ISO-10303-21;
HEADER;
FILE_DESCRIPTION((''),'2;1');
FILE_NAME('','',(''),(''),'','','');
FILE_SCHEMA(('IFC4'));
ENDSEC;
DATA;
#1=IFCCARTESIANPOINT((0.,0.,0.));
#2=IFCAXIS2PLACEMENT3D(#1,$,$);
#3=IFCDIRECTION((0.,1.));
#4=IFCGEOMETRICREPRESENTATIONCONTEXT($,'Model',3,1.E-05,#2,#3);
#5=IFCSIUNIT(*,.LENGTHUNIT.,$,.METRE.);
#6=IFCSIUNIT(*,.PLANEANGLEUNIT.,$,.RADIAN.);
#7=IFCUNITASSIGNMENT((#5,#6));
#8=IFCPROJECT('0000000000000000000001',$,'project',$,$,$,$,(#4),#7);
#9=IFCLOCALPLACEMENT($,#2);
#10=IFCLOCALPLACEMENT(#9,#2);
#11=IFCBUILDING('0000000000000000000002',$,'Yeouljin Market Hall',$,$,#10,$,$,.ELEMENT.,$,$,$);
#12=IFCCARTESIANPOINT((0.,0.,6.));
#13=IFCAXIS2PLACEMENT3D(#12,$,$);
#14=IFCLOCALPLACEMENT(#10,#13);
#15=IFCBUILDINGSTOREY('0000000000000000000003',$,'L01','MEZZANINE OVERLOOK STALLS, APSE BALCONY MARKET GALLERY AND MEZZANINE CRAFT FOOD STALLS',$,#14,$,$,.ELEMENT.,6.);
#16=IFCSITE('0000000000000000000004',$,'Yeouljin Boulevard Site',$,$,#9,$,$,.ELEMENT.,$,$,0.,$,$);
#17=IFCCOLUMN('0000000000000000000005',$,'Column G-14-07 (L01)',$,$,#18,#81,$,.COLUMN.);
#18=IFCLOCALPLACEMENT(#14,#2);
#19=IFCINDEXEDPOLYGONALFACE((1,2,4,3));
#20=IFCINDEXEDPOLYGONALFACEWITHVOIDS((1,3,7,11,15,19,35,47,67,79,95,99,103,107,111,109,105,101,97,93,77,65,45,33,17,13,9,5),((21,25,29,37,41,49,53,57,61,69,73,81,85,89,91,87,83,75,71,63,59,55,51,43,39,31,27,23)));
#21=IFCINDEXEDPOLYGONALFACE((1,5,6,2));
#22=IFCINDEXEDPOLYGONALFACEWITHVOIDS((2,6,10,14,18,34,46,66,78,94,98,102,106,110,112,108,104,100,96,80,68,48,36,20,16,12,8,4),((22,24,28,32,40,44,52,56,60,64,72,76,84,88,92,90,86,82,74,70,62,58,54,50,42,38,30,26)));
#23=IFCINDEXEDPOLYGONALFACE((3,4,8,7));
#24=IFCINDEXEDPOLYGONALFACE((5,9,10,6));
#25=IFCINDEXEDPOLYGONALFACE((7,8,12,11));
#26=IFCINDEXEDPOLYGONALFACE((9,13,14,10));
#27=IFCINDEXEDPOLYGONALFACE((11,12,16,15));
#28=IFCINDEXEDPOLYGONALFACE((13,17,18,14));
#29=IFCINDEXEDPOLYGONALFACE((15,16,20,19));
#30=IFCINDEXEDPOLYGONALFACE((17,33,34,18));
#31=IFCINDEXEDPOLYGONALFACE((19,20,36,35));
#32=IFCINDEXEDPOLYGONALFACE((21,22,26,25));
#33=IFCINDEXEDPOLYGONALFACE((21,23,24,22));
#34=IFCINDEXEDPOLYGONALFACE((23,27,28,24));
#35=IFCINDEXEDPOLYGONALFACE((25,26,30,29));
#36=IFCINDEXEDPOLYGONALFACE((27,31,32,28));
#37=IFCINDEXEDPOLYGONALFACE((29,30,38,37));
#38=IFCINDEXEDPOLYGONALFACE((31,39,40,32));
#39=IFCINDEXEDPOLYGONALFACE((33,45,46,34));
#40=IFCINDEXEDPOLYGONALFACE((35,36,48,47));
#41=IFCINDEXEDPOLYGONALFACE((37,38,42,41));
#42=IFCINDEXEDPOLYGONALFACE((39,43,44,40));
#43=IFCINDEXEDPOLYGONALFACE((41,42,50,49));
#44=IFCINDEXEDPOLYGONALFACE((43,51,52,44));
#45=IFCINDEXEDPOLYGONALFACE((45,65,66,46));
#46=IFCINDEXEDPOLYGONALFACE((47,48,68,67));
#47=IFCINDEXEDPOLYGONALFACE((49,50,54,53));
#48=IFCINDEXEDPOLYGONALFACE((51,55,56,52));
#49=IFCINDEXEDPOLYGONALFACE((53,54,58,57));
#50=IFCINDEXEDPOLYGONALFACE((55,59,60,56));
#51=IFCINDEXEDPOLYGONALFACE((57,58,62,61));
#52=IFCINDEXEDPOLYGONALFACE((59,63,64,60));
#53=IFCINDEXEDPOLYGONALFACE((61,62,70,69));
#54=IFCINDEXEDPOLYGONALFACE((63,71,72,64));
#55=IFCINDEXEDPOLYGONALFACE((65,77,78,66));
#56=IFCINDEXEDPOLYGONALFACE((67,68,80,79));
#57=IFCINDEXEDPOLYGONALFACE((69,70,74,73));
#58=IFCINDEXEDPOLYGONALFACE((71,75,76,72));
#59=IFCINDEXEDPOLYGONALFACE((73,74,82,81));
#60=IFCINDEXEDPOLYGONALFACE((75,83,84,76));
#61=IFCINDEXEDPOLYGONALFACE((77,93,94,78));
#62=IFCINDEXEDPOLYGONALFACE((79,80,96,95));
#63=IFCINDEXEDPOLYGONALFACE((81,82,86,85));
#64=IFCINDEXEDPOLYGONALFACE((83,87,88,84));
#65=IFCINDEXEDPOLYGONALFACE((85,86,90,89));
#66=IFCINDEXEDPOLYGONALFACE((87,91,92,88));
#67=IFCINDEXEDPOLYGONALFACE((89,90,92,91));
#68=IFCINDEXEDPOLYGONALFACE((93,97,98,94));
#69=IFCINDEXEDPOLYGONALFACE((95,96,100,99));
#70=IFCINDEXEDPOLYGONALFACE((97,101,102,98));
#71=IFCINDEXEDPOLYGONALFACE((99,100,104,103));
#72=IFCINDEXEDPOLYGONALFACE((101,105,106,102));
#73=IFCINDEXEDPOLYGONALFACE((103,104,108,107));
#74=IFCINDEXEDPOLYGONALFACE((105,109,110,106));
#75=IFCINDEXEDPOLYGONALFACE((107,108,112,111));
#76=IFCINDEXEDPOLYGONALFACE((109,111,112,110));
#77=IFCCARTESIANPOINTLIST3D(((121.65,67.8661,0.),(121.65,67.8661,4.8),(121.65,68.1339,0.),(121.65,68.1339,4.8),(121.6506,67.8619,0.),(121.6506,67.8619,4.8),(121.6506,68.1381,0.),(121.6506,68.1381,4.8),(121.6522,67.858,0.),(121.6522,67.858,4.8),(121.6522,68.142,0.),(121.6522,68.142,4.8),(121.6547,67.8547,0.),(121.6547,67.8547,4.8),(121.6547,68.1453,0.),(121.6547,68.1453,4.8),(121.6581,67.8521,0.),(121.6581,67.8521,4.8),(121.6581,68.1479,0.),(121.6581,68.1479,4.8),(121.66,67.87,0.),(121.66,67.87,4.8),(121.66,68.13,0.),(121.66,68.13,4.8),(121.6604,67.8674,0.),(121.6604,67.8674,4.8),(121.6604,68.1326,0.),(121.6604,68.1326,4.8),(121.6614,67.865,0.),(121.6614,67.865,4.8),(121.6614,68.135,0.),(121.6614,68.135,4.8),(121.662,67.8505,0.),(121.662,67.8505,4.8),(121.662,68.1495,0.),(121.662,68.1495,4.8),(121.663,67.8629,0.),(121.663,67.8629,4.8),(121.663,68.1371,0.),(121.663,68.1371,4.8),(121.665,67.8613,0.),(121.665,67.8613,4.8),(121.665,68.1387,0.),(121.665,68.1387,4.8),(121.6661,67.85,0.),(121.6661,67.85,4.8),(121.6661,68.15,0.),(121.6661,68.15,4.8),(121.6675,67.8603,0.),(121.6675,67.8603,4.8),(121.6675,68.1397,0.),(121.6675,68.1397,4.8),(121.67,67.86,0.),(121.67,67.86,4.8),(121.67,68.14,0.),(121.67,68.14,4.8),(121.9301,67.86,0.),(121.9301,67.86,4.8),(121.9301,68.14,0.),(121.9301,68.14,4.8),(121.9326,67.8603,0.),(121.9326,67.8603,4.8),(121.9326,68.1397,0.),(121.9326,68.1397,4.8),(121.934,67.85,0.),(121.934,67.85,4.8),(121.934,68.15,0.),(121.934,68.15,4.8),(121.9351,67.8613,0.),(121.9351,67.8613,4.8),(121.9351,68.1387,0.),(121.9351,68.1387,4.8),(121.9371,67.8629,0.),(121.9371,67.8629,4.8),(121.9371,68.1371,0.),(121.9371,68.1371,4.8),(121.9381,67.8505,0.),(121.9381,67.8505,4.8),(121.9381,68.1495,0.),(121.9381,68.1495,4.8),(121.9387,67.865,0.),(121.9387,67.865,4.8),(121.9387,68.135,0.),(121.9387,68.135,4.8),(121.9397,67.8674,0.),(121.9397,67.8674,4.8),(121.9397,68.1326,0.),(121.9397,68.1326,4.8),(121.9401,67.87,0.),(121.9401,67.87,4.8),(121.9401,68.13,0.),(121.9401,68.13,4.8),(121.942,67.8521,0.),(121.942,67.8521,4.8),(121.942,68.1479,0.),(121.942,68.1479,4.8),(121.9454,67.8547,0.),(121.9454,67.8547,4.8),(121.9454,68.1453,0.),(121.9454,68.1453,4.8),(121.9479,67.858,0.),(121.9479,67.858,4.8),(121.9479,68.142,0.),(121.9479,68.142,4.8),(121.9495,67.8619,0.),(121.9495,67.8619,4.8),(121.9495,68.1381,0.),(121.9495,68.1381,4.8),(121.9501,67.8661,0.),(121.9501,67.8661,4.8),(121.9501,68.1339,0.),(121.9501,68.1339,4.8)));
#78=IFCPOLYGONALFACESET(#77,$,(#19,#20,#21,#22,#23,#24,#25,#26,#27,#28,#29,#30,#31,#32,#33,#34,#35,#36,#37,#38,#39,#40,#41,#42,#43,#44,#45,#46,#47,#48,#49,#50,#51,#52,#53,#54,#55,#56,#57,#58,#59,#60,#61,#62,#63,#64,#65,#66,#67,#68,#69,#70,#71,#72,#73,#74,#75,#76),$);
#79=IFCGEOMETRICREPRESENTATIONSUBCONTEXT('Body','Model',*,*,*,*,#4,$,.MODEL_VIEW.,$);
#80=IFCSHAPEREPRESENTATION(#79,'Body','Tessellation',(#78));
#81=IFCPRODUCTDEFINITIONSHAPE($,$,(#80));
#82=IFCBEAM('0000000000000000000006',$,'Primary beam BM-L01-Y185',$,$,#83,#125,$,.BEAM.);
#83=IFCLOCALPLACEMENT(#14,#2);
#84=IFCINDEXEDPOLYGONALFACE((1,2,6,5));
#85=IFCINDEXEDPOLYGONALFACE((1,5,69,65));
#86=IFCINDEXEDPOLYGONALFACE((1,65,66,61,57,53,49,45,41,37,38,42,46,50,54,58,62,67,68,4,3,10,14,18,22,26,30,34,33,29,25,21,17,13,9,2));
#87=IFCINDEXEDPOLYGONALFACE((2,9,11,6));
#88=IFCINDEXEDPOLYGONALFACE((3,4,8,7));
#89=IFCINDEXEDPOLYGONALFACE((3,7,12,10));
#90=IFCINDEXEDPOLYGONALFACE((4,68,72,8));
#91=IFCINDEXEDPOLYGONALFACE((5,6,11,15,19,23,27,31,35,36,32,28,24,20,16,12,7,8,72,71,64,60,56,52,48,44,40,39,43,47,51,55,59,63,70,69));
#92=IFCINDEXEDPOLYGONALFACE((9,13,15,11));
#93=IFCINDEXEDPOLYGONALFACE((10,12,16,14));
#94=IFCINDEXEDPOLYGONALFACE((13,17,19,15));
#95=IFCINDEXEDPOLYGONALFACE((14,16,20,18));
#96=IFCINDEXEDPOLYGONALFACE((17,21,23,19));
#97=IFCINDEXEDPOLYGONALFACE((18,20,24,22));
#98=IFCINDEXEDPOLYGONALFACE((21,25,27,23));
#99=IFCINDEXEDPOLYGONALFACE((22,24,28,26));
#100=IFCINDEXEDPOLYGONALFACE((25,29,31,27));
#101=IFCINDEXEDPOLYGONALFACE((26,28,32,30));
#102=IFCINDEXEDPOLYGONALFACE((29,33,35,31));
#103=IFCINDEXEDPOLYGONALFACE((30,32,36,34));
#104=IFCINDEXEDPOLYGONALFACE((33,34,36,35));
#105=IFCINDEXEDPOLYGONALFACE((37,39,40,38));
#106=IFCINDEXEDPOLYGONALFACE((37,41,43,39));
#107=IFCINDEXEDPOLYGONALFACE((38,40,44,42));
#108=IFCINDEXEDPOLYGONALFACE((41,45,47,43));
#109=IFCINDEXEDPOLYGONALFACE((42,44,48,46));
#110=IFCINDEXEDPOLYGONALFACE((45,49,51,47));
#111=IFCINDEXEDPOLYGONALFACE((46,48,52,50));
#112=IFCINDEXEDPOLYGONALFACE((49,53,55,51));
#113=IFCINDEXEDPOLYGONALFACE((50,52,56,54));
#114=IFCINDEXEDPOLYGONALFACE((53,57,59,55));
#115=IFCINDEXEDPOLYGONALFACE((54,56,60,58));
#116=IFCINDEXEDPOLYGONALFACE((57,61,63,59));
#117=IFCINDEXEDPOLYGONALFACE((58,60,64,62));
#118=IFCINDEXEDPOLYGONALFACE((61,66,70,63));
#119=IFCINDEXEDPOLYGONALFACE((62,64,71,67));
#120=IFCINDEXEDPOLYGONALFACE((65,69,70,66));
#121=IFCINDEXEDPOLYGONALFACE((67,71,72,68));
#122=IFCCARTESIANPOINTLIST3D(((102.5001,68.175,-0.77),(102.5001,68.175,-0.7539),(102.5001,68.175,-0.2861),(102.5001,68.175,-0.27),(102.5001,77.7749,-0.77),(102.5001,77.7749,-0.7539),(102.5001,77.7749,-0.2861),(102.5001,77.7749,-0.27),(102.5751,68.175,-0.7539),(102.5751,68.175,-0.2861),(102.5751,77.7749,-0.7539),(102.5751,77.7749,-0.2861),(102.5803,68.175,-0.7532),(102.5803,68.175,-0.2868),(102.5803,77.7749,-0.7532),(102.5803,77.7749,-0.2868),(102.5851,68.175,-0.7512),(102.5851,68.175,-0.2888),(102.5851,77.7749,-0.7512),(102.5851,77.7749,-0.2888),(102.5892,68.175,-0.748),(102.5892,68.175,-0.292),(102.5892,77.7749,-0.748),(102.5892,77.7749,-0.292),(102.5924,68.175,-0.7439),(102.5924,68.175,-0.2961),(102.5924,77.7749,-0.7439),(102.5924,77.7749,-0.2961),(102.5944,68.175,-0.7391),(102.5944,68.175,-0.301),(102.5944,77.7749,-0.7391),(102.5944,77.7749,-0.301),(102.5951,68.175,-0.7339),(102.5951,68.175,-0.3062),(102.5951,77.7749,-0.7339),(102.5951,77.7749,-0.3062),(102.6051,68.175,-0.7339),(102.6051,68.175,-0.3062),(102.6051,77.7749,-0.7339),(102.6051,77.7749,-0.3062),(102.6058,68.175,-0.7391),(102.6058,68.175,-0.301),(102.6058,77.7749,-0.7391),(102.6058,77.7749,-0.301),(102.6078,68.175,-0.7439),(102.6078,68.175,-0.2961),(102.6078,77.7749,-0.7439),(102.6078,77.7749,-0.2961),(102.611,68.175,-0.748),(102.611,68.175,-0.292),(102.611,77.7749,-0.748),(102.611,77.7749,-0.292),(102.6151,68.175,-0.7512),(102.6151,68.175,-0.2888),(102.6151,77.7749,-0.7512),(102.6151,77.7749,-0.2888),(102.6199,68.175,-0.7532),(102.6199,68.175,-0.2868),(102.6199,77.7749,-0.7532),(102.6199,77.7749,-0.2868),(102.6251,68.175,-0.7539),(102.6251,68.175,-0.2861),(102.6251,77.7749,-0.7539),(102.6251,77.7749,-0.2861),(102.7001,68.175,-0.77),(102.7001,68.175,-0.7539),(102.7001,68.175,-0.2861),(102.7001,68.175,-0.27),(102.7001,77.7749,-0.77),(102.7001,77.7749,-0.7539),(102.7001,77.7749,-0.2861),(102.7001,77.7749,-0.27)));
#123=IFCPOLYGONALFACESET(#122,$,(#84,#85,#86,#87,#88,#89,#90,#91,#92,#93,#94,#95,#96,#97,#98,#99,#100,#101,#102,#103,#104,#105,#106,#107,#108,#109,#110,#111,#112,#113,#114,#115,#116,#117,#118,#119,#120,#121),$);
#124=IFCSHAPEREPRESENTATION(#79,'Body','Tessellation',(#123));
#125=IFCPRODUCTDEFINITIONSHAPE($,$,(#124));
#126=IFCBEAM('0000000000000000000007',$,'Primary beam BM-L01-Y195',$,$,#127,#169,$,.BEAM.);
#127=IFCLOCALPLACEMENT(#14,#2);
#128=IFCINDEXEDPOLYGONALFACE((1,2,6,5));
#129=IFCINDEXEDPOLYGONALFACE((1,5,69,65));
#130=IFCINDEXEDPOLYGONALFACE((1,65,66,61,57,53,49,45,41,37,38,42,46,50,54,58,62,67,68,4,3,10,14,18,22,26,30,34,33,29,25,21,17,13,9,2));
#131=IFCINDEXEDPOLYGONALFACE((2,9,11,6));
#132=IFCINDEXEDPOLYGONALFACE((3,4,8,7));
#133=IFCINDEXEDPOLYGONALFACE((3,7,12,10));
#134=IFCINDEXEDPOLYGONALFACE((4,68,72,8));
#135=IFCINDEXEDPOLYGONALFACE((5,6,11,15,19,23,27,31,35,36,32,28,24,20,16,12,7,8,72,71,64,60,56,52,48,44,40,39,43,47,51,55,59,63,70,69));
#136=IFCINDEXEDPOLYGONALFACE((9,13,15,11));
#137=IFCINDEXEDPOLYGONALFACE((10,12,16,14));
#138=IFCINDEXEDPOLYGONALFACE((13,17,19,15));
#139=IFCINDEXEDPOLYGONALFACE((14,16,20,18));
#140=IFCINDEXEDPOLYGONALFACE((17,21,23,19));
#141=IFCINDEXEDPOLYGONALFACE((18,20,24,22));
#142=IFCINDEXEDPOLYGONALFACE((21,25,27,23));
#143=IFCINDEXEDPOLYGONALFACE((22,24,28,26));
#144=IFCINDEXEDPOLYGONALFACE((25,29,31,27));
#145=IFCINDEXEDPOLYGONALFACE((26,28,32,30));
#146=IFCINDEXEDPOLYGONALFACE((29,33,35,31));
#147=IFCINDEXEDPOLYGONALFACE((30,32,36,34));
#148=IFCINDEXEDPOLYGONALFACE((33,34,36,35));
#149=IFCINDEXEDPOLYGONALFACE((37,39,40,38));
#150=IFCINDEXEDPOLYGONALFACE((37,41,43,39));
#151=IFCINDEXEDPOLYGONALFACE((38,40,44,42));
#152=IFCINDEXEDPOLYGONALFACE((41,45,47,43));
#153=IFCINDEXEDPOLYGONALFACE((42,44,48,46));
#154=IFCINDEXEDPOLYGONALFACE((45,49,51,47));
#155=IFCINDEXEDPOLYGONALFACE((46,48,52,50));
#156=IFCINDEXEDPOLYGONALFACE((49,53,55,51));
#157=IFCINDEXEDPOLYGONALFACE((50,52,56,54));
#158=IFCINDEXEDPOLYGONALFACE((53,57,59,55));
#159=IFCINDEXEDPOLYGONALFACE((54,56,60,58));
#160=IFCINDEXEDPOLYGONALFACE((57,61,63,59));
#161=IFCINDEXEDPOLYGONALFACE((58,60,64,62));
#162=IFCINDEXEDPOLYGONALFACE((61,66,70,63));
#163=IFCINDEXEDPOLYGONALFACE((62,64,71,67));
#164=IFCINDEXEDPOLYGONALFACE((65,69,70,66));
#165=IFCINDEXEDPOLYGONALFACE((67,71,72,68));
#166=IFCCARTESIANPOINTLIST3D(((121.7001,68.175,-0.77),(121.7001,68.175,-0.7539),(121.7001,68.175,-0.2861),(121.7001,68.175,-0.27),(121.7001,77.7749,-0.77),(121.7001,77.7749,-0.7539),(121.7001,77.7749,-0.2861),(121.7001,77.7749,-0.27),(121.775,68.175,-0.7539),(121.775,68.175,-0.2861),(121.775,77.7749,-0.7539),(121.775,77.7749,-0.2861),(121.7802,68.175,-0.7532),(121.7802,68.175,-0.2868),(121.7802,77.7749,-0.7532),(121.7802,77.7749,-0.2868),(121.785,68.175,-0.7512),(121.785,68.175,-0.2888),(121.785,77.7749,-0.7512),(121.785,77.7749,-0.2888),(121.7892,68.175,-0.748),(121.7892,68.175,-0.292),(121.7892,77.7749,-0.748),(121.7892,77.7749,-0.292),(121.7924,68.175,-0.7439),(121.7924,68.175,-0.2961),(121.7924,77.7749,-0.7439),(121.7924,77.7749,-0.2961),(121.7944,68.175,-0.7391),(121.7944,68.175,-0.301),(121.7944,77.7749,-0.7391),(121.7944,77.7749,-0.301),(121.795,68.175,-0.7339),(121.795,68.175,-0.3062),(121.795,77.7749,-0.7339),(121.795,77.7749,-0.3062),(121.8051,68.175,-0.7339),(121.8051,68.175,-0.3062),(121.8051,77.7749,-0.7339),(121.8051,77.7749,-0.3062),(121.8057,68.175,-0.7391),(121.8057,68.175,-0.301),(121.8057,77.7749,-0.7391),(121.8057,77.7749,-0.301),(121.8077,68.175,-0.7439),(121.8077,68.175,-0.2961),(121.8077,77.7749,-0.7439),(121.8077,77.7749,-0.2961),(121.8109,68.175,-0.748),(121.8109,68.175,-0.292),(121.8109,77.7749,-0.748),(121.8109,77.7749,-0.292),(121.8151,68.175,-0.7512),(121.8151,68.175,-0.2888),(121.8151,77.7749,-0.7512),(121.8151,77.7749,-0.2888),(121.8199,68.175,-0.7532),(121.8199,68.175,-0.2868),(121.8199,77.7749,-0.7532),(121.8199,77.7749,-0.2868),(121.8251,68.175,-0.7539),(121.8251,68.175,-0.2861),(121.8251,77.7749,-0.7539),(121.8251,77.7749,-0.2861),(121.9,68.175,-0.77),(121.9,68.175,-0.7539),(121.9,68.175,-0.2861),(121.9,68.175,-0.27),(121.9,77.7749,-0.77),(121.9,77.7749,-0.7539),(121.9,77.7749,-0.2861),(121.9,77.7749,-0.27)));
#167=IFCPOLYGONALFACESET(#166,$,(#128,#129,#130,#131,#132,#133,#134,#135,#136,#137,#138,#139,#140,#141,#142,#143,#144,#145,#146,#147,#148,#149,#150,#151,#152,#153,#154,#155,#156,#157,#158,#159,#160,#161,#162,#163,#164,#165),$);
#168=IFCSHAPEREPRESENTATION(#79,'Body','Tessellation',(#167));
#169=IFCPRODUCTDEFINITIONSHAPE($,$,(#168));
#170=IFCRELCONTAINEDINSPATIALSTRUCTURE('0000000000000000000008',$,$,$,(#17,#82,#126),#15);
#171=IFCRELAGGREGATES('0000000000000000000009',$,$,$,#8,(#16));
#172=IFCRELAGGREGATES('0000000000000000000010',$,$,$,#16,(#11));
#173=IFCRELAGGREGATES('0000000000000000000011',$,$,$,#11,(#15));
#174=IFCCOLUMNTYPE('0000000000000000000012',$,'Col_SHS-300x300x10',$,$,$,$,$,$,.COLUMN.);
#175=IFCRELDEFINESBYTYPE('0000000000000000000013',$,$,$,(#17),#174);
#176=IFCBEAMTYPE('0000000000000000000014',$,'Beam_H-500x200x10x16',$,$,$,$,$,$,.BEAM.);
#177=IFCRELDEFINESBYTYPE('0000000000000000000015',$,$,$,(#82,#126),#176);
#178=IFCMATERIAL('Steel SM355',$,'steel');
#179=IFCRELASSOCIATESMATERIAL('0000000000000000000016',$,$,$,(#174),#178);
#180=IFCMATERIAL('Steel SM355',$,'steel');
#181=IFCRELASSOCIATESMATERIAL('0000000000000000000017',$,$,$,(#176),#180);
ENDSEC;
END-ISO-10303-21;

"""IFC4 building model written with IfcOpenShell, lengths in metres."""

from ifc_helpers import new_model, si_unit, direction, frame, origin, origin_2d, place, context, subcontext, project, spatial, hollow_rectangle, i_section, extrude, material, material_profile, profile_set, type_object, element, save


model = new_model("IFC4")

# Units and contexts
model_context = context("Model", 3, precision=1e-05, world=origin(), true_north=direction((0.0, 1.0)))
body_context = subcontext(model_context, "Body", "Model", "MODEL_VIEW")
ifc_project = project(units=[si_unit("LENGTHUNIT", "METRE"), si_unit("PLANEANGLEUNIT", "RADIAN")], contexts=[model_context])

# Site, building, storey
site_placement = place(None, origin())
site = spatial("IfcSite", under=ifc_project, at=site_placement, Name="Yeouljin Boulevard Site", CompositionType="ELEMENT", RefElevation=0.0)
building_placement = place(site_placement, origin())
building = spatial("IfcBuilding", under=site, at=building_placement, Name="Yeouljin Market Hall", CompositionType="ELEMENT")
storey_placement = place(building_placement, frame((0.0, 0.0, 6.0)))
storey = spatial("IfcBuildingStorey", under=building, at=storey_placement, Name="L01", Description="MEZZANINE OVERLOOK STALLS, APSE BALCONY MARKET GALLERY AND MEZZANINE CRAFT FOOD STALLS", CompositionType="ELEMENT", Elevation=6.0)

# Column
ifc_material_1 = material(Name="Steel SM355", Category="steel")
ifc_material_profile_1 = material_profile(ifc_material_1, hollow_rectangle(XDim=0.3, YDim=0.3, WallThickness=0.01, InnerFilletRadius=0.01, OuterFilletRadius=0.0161, at=origin_2d()), Name="SHS-300x300x10")
ifc_profile_set_1 = profile_set([ifc_material_profile_1], Name="Steel SM355")
column_type_1 = type_object("IfcColumnType", Name="Col_SHS-300x300x10", PredefinedType="COLUMN", material=ifc_profile_set_1)
for number, where, z_axis, x_axis, name in (
    (1, (121.8, 68.0, 0.0), (0.0, 0.0, 1.0), (1.0, 0.0, 0.0), "Column G-14-07 (L01)"),
):
    element("IfcColumn", number, at=place(storey_placement, frame(where, z_axis=z_axis, x_axis=x_axis)), inside=storey, type_object=column_type_1, Name=name, PredefinedType="COLUMN", context=body_context, shape_type="SweptSolid", body=[
        extrude(hollow_rectangle(XDim=0.3, YDim=0.3, WallThickness=0.01, InnerFilletRadius=0.01, OuterFilletRadius=0.0161, at=origin_2d()), origin(), (0.0, 0.0, 1.0), 4.8),
    ])

# Beams
ifc_material_2 = material(Name="Steel SM355", Category="steel")
ifc_material_profile_2 = material_profile(ifc_material_2, i_section(OverallWidth=0.2, OverallDepth=0.5, WebThickness=0.01, FlangeThickness=0.0161, FilletRadius=0.02, at=origin_2d()), Name="H-500x200x10x16")
ifc_profile_set_2 = profile_set([ifc_material_profile_2], Name="Steel SM355")
beam_type_1 = type_object("IfcBeamType", Name="Beam_H-500x200x10x16", PredefinedType="BEAM", material=ifc_profile_set_2)
for number, where, z_axis, x_axis, name in (
    (2, (102.6001, 68.175, -0.52), (0.0, 1.0, 0.0), (-1.0, 0.0, 0.0), "Primary beam BM-L01-Y185"),
    (3, (121.8, 68.175, -0.52), (0.0, 1.0, 0.0), (-1.0, 0.0, 0.0), "Primary beam BM-L01-Y195"),
):
    element("IfcBeam", number, at=place(storey_placement, frame(where, z_axis=z_axis, x_axis=x_axis)), inside=storey, type_object=beam_type_1, Name=name, PredefinedType="BEAM", context=body_context, shape_type="SweptSolid", body=[
        extrude(i_section(OverallWidth=0.2, OverallDepth=0.5, WebThickness=0.01, FlangeThickness=0.0161, FilletRadius=0.02, at=origin_2d()), origin(), (0.0, 0.0, 1.0), 9.5999),
    ])

save(model, "model.ifc")
